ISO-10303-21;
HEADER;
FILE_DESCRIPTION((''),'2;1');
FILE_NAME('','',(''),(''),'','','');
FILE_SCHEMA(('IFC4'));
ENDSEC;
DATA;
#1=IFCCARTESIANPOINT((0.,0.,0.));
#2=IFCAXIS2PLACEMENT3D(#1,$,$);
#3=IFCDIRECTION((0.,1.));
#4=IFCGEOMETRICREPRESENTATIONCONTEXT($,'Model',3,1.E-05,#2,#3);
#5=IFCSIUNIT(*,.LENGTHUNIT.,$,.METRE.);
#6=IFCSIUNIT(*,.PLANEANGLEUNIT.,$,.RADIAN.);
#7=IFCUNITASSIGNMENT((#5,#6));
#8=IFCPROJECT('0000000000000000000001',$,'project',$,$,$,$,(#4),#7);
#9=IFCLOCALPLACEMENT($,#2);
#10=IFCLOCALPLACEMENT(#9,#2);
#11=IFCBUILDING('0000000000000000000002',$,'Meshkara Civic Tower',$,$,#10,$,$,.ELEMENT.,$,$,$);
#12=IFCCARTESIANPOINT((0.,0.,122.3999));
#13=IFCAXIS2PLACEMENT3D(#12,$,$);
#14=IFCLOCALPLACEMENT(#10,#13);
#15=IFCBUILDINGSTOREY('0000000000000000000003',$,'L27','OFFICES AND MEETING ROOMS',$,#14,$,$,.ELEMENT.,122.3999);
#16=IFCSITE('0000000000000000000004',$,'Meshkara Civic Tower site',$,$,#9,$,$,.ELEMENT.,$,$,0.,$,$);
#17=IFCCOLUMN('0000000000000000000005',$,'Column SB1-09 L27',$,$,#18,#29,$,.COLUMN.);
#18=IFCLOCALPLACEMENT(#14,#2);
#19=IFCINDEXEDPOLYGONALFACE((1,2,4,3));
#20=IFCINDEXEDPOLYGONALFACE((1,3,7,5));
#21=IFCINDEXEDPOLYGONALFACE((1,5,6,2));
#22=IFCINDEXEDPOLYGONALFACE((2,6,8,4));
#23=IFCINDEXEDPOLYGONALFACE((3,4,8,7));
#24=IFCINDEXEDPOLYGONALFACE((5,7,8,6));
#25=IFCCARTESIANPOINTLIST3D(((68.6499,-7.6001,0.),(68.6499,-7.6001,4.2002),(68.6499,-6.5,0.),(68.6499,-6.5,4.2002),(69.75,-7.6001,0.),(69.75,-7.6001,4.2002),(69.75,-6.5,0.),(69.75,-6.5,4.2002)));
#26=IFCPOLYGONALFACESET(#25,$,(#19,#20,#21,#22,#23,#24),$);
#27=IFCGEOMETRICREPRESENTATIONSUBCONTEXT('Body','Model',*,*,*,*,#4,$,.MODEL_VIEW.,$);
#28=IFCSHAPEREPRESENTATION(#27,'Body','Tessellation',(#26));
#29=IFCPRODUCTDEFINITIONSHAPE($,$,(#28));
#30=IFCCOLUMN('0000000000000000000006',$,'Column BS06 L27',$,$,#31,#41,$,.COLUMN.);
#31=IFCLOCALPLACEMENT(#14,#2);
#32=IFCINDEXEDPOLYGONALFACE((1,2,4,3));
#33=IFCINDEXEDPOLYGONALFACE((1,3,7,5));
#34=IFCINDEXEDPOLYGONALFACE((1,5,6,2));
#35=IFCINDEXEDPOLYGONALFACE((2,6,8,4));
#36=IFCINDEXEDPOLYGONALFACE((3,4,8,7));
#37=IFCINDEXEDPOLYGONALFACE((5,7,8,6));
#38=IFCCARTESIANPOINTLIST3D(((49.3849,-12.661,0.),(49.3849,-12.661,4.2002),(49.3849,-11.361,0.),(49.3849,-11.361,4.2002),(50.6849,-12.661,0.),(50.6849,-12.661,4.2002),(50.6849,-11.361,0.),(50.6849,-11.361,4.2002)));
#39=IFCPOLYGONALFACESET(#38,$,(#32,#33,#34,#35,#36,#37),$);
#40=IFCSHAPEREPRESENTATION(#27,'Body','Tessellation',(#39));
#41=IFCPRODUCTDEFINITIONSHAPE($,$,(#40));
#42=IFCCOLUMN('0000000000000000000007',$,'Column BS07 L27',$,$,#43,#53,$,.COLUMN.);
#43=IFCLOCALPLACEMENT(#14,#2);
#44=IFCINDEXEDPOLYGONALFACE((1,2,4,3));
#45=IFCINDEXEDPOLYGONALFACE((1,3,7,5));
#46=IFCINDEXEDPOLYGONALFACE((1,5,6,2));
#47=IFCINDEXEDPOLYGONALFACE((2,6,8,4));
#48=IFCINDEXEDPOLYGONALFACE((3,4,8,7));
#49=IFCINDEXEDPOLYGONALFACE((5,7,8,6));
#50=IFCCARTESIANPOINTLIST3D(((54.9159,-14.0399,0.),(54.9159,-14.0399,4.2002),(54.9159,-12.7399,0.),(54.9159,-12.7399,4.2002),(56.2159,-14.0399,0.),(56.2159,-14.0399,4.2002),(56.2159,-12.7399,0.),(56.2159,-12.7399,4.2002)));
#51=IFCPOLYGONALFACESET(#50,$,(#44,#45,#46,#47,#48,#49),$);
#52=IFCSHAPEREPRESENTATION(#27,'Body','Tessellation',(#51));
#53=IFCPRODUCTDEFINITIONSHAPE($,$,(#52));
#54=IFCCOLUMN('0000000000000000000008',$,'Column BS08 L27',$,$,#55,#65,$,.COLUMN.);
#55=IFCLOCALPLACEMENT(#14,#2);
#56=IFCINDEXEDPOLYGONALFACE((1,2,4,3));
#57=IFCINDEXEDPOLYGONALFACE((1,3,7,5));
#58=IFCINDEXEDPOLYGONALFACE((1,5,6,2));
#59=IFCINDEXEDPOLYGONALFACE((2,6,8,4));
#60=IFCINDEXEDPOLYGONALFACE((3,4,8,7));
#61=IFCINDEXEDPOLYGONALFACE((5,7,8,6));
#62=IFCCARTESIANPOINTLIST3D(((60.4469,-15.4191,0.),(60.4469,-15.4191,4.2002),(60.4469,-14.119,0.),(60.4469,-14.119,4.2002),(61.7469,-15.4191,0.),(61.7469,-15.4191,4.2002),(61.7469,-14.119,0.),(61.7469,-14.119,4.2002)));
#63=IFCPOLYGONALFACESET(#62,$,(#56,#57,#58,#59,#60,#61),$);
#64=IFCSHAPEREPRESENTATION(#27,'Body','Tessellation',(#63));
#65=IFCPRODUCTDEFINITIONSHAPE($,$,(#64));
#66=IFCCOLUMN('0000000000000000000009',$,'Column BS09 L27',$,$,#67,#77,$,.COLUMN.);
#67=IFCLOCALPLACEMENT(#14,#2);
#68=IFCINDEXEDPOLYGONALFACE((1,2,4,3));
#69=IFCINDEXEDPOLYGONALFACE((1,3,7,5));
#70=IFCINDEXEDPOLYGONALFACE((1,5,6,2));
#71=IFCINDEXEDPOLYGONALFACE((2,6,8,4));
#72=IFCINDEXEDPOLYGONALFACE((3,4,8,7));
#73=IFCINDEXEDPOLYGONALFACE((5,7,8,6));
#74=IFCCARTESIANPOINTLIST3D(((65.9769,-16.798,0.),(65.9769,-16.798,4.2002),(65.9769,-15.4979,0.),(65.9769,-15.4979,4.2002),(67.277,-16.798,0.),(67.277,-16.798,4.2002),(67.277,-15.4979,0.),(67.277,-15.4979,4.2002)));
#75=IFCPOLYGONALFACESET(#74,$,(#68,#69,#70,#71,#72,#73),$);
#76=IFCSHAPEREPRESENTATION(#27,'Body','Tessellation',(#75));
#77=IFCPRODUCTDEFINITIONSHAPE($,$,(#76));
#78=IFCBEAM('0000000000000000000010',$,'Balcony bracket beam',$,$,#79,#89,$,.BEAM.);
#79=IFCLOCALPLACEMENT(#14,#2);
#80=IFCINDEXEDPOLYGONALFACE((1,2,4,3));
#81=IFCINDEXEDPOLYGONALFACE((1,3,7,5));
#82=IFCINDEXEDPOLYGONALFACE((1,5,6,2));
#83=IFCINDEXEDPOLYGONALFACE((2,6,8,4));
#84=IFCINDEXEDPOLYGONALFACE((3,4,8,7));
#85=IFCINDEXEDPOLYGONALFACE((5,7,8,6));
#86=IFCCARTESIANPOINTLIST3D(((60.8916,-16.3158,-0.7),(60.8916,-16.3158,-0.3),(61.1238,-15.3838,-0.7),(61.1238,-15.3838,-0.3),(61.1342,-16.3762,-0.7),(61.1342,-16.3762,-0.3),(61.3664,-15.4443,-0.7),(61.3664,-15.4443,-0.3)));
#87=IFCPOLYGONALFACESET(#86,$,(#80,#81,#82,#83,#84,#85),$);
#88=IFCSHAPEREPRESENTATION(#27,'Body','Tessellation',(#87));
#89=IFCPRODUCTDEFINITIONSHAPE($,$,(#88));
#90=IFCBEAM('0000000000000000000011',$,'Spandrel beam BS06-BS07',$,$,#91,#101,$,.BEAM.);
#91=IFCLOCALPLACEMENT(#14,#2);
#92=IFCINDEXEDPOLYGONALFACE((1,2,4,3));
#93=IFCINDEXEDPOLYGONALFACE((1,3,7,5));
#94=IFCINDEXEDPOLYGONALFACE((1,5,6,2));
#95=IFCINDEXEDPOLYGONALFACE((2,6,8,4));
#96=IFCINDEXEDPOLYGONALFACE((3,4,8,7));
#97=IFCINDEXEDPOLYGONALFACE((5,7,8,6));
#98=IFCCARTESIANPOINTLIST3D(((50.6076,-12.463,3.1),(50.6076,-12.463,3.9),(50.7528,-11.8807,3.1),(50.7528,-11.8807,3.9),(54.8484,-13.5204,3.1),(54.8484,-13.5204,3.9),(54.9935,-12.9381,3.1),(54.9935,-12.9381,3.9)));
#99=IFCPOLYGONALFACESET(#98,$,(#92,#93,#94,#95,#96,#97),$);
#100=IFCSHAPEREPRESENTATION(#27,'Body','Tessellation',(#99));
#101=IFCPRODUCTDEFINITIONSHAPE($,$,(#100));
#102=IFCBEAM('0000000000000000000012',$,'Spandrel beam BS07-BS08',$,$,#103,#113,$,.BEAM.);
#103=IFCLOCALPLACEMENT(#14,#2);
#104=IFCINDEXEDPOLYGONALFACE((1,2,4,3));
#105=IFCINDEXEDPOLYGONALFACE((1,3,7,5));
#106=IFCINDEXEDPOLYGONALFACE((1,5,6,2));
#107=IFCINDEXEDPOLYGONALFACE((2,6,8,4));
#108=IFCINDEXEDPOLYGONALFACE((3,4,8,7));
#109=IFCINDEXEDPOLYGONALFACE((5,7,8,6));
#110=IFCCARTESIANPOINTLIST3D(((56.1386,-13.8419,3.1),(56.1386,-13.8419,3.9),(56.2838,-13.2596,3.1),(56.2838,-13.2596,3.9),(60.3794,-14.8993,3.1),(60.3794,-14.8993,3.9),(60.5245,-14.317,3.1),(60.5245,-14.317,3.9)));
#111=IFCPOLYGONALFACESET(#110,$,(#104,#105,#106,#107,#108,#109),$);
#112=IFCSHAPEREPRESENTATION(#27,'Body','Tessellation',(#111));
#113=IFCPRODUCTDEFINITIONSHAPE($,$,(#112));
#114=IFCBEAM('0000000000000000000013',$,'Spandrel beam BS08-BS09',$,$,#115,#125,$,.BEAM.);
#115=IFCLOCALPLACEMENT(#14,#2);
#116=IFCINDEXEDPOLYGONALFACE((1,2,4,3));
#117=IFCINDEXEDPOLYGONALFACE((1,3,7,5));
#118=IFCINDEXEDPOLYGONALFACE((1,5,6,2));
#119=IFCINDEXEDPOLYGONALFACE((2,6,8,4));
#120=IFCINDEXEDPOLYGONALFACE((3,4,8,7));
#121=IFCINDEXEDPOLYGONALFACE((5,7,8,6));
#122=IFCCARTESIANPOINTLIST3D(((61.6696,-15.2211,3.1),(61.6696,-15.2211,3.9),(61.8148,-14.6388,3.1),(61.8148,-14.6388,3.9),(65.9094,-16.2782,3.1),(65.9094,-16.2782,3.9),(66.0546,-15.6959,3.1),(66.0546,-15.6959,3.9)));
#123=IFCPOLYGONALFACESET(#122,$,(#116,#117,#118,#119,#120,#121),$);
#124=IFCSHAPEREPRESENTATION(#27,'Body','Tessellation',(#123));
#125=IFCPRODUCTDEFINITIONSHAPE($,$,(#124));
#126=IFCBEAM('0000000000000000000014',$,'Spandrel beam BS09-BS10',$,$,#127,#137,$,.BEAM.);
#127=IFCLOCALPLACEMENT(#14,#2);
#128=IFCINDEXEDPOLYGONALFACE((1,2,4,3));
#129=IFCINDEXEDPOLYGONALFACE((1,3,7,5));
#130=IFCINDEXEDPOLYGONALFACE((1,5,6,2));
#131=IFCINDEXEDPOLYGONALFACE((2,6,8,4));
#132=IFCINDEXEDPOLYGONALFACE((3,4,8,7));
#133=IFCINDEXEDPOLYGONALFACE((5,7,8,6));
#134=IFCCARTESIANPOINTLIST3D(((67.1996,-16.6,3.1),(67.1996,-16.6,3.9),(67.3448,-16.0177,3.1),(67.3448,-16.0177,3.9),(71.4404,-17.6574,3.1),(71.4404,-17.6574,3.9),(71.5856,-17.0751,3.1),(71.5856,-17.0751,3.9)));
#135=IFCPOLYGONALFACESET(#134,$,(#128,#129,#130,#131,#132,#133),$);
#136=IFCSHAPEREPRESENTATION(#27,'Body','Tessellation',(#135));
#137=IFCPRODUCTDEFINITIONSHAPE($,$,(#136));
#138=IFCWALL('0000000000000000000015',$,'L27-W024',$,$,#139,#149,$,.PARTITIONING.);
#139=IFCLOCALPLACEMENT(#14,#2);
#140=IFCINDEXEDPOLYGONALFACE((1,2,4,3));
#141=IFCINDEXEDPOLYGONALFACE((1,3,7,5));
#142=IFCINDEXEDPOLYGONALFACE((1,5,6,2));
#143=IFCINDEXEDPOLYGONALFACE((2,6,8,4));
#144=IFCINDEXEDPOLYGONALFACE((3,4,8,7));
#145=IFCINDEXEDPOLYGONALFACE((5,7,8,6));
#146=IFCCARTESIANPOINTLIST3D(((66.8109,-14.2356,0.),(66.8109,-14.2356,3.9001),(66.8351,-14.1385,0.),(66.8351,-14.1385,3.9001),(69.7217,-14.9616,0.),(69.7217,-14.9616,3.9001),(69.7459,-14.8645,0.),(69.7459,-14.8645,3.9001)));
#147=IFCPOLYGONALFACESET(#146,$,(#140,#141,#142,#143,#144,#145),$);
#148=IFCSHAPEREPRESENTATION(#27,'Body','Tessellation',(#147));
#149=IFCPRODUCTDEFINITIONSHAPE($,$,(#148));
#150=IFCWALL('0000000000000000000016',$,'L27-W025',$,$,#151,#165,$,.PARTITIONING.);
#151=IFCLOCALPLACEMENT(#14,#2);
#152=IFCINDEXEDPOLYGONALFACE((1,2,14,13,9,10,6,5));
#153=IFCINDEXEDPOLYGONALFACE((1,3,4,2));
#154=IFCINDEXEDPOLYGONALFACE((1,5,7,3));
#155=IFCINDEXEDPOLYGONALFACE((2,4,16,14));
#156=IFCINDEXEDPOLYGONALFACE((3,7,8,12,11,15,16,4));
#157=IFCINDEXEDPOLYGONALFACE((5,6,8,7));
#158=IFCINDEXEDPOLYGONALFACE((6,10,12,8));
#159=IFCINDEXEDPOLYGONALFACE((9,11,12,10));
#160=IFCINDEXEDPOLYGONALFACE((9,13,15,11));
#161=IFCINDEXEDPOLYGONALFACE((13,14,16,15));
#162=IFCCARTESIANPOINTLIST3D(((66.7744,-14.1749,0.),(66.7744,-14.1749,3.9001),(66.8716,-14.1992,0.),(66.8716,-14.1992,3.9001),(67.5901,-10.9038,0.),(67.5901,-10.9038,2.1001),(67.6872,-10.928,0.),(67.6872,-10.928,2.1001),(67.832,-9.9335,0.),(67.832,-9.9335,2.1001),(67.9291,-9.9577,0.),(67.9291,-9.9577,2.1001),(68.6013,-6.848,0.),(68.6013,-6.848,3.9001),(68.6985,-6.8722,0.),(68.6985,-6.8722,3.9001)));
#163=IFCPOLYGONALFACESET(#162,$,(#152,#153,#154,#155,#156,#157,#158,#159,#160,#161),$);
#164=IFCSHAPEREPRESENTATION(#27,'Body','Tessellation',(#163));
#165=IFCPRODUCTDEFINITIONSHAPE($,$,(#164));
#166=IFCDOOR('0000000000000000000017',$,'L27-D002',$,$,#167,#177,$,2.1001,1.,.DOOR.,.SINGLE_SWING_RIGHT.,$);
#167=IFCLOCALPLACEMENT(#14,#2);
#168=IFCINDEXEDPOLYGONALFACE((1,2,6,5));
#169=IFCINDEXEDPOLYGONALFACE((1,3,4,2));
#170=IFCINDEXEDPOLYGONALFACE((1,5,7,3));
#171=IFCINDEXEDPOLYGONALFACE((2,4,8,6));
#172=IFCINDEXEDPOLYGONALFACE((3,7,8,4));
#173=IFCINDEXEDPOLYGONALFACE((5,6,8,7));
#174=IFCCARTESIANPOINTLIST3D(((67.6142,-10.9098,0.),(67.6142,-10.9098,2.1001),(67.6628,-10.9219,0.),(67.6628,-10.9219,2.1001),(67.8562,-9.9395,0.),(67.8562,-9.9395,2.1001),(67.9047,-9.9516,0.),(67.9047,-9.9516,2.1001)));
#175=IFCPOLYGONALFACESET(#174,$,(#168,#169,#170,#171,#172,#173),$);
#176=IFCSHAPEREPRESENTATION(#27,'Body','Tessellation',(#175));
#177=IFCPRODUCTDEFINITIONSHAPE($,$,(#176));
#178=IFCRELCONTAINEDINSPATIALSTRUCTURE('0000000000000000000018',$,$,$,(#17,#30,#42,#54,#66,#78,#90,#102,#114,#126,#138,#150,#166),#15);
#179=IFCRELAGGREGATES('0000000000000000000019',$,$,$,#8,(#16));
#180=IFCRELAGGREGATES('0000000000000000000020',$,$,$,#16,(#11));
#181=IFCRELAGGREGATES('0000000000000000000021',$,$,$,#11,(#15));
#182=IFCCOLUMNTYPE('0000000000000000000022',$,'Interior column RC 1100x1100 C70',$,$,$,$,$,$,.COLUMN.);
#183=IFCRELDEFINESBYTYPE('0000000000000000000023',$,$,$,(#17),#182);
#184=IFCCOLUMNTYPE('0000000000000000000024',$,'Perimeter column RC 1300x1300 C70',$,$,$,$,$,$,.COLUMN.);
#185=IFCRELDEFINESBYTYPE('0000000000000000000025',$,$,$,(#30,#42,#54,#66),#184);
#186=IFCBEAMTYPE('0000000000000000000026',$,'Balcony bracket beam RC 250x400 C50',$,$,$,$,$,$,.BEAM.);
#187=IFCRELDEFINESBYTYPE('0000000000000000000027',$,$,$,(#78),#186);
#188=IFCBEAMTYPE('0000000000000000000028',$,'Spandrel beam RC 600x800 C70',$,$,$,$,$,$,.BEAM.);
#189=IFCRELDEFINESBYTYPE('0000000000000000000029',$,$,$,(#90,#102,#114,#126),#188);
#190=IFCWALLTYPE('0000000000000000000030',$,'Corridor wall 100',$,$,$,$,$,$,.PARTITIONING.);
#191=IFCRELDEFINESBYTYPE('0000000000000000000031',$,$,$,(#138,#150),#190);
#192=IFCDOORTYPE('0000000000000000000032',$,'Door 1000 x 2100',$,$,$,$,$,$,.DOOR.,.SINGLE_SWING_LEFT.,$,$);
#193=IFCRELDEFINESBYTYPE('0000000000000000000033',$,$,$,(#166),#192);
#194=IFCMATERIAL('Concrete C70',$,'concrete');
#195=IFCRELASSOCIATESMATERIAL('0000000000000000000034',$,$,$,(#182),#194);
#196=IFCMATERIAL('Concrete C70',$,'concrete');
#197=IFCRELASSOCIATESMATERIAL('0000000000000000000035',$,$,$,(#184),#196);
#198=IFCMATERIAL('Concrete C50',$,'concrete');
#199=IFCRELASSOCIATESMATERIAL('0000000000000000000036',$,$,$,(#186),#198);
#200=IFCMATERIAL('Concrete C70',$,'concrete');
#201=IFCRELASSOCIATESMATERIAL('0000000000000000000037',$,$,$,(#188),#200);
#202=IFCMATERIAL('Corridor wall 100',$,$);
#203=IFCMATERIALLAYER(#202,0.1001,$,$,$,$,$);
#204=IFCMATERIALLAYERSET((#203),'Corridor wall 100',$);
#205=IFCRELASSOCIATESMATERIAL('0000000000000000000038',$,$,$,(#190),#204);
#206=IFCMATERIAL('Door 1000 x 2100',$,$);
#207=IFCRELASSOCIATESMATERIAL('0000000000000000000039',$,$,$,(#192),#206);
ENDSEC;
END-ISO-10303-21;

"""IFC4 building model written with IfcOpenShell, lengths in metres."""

from ifc_helpers import new_model, si_unit, direction, frame, frame_2d, origin, origin_2d, place, context, subcontext, project, spatial, rectangle, extrude, material, layer, layer_set, material_profile, profile_set, type_object, element, fill, save


model = new_model("IFC4")

# Units and contexts
model_context = context("Model", 3, precision=1e-05, world=origin(), true_north=direction((0.0, 1.0)))
body_context = subcontext(model_context, "Body", "Model", "MODEL_VIEW")
ifc_project = project(units=[si_unit("LENGTHUNIT", "METRE"), si_unit("PLANEANGLEUNIT", "RADIAN")], contexts=[model_context])

# Site, building, storey
site_placement = place(None, origin())
site = spatial("IfcSite", under=ifc_project, at=site_placement, Name="Meshkara Civic Tower site", CompositionType="ELEMENT", RefElevation=0.0)
building_placement = place(site_placement, origin())
building = spatial("IfcBuilding", under=site, at=building_placement, Name="Meshkara Civic Tower", CompositionType="ELEMENT")
storey_placement = place(building_placement, frame((0.0, 0.0, 122.3999)))
storey = spatial("IfcBuildingStorey", under=building, at=storey_placement, Name="L27", Description="OFFICES AND MEETING ROOMS", CompositionType="ELEMENT", Elevation=122.3999)

# Columns
ifc_material_1 = material(Name="Concrete C70", Category="concrete")
ifc_material_profile_1 = material_profile(ifc_material_1, rectangle(XDim=1.1001, YDim=1.1001, at=origin_2d()))
ifc_profile_set_1 = profile_set([ifc_material_profile_1], Name="Concrete C70")
column_type_1 = type_object("IfcColumnType", Name="Interior column RC 1100x1100 C70", PredefinedType="COLUMN", material=ifc_profile_set_1)
column_placement = place(storey_placement, frame((69.2, -7.05, 0.0), z_axis=(0.0, 0.0, 1.0), x_axis=(1.0, 0.0, 0.0)))
element("IfcColumn", 1, at=column_placement, inside=storey, type_object=column_type_1, Name="Column SB1-09 L27", PredefinedType="COLUMN", context=body_context, shape_type="SweptSolid", body=[
    extrude(rectangle(XDim=1.1001, YDim=1.1001, at=origin_2d()), origin(), (0.0, 0.0, 1.0), 4.2002),
])
ifc_material_2 = material(Name="Concrete C70", Category="concrete")
ifc_material_profile_2 = material_profile(ifc_material_2, rectangle(XDim=1.3, YDim=1.3, at=origin_2d()))
ifc_profile_set_2 = profile_set([ifc_material_profile_2], Name="Concrete C70")
column_type_2 = type_object("IfcColumnType", Name="Perimeter column RC 1300x1300 C70", PredefinedType="COLUMN", material=ifc_profile_set_2)
for number, where, z_axis, x_axis, name in (
    (2, (50.0349, -12.011, 0.0), (0.0, 0.0, 1.0), (1.0, 0.0, 0.0), "Column BS06 L27"),
    (3, (55.5659, -13.3899, 0.0), (0.0, 0.0, 1.0), (1.0, 0.0, 0.0), "Column BS07 L27"),
    (4, (61.0969, -14.769, 0.0), (0.0, 0.0, 1.0), (1.0, 0.0, 0.0), "Column BS08 L27"),
    (5, (66.627, -16.1479, 0.0), (0.0, 0.0, 1.0), (1.0, 0.0, 0.0), "Column BS09 L27"),
):
    element("IfcColumn", number, at=place(storey_placement, frame(where, z_axis=z_axis, x_axis=x_axis)), inside=storey, type_object=column_type_2, Name=name, PredefinedType="COLUMN", context=body_context, shape_type="SweptSolid", body=[
        extrude(rectangle(XDim=1.3, YDim=1.3, at=origin_2d()), origin(), (0.0, 0.0, 1.0), 4.2002),
    ])

# Beams
ifc_material_3 = material(Name="Concrete C50", Category="concrete")
ifc_material_profile_3 = material_profile(ifc_material_3, rectangle(XDim=0.25, YDim=0.3999, at=origin_2d()))
ifc_profile_set_3 = profile_set([ifc_material_profile_3], Name="Concrete C50")
beam_type_1 = type_object("IfcBeamType", Name="Balcony bracket beam RC 250x400 C50", PredefinedType="BEAM", material=ifc_profile_set_3)
beam_1_placement = place(storey_placement, frame((61.2451, -15.4141, -0.5), z_axis=(-0.241758, -0.970337, 0.0), x_axis=(0.970337, -0.241758, 0.0)))
element("IfcBeam", 6, at=beam_1_placement, inside=storey, type_object=beam_type_1, Name="Balcony bracket beam", PredefinedType="BEAM", context=body_context, shape_type="SweptSolid", body=[
    extrude(rectangle(XDim=0.25, YDim=0.3999, at=origin_2d()), origin(), (0.0, 0.0, 1.0), 0.9604),
])
ifc_material_4 = material(Name="Concrete C70", Category="concrete")
ifc_material_profile_4 = material_profile(ifc_material_4, rectangle(XDim=0.6001, YDim=0.8, at=origin_2d()))
ifc_profile_set_4 = profile_set([ifc_material_profile_4], Name="Concrete C70")
beam_type_2 = type_object("IfcBeamType", Name="Spandrel beam RC 600x800 C70", PredefinedType="BEAM", material=ifc_profile_set_4)
for number, where, z_axis, x_axis, name in (
    (7, (50.6802, -12.1719, 3.5), (0.970293, -0.241931, 0.0), (0.241931, 0.970293, 0.0), "Spandrel beam BS06-BS07"),
    (8, (56.2112, -13.5508, 3.5), (0.970293, -0.241931, 0.0), (0.241931, 0.970293, 0.0), "Spandrel beam BS07-BS08"),
):
    element("IfcBeam", number, at=place(storey_placement, frame(where, z_axis=z_axis, x_axis=x_axis)), inside=storey, type_object=beam_type_2, Name=name, PredefinedType="BEAM", context=body_context, shape_type="SweptSolid", body=[
        extrude(rectangle(XDim=0.6001, YDim=0.8, at=origin_2d()), origin(), (0.0, 0.0, 1.0), 4.3706),
    ])
beam_2_placement = place(storey_placement, frame((61.7422, -14.9299, 3.5), z_axis=(0.970293, -0.241931, 0.0), x_axis=(0.241931, 0.970293, 0.0)))
element("IfcBeam", 9, at=beam_2_placement, inside=storey, type_object=beam_type_2, Name="Spandrel beam BS08-BS09", PredefinedType="BEAM", context=body_context, shape_type="SweptSolid", body=[
    extrude(rectangle(XDim=0.6001, YDim=0.8, at=origin_2d()), origin(), (0.0, 0.0, 1.0), 4.3696),
])
beam_3_placement = place(storey_placement, frame((67.2722, -16.3088, 3.5), z_axis=(0.970293, -0.241931, 0.0), x_axis=(0.241931, 0.970293, 0.0)))
element("IfcBeam", 10, at=beam_3_placement, inside=storey, type_object=beam_type_2, Name="Spandrel beam BS09-BS10", PredefinedType="BEAM", context=body_context, shape_type="SweptSolid", body=[
    extrude(rectangle(XDim=0.6001, YDim=0.8, at=origin_2d()), origin(), (0.0, 0.0, 1.0), 4.3706),
])

# Wall
ifc_material_5 = material(Name="Corridor wall 100")
ifc_layer_1 = layer(ifc_material_5, 0.1001)
ifc_layer_set_1 = layer_set([ifc_layer_1], Name="Corridor wall 100")
wall_type_1 = type_object("IfcWallType", Name="Corridor wall 100", PredefinedType="PARTITIONING", material=ifc_layer_set_1)
wall_1_placement = place(storey_placement, frame((66.823, -14.187, 0.0), z_axis=(0.0, 0.0, 1.0), x_axis=(0.970272, -0.242019, 0.0)))
element("IfcWall", 11, at=wall_1_placement, inside=storey, type_object=wall_type_1, Name="L27-W024", PredefinedType="PARTITIONING", context=body_context, shape_type="SweptSolid", body=[
    extrude(rectangle(XDim=3.0, YDim=0.1001, at=frame_2d((1.5, 0.0))), origin(), (0.0, 0.0, 1.0), 3.9001),
])

# Wall, opening, door
wall_2_placement = place(storey_placement, frame((68.6499, -6.8601, 0.0), z_axis=(0.0, 0.0, 1.0), x_axis=(-0.241935, -0.970293, 0.0)))
wall_2 = element("IfcWall", 12, at=wall_2_placement, inside=storey, type_object=wall_type_1, Name="L27-W025", PredefinedType="PARTITIONING", context=body_context, shape_type="SweptSolid", body=[
    extrude(rectangle(XDim=7.5513, YDim=0.1001, at=frame_2d((3.7756, 0.0))), origin(), (0.0, 0.0, 1.0), 3.9001),
])
opening_1_placement = place(wall_2_placement, frame((3.1799, 0.0, 0.0)))
opening_1 = element("IfcOpeningElement", 13, at=opening_1_placement, cuts=wall_2, PredefinedType="OPENING", context=body_context, shape_type="SweptSolid", body=[
    extrude(rectangle(XDim=1.0, YDim=2.1001, at=frame_2d((0.5, 1.05))), frame((0.0, 0.0601, 0.0), z_axis=(0.0, -1.0, 0.0), x_axis=(1.0, 0.0, 0.0)), (0.0, 0.0, 1.0), 0.1201),
])
ifc_material_6 = material(Name="Door 1000 x 2100")
door_type_1 = type_object("IfcDoorType", Name="Door 1000 x 2100", OperationType="SINGLE_SWING_LEFT", PredefinedType="DOOR", material=ifc_material_6)
door_1_placement = place(opening_1_placement, origin())
door_1 = element("IfcDoor", 14, at=door_1_placement, inside=storey, type_object=door_type_1, Name="L27-D002", OperationType="SINGLE_SWING_RIGHT", OverallHeight=2.1001, OverallWidth=1.0, PredefinedType="DOOR", context=body_context, shape_type="SweptSolid", body=[
    extrude(rectangle(XDim=1.0, YDim=2.1001, at=frame_2d((0.5, 1.05))), frame((0.0, 0.0249, 0.0), z_axis=(0.0, -1.0, 0.0), x_axis=(1.0, 0.0, 0.0)), (0.0, 0.0, 1.0), 0.05),
])
fill(opening_1, door_1)

save(model, "model.ifc")
